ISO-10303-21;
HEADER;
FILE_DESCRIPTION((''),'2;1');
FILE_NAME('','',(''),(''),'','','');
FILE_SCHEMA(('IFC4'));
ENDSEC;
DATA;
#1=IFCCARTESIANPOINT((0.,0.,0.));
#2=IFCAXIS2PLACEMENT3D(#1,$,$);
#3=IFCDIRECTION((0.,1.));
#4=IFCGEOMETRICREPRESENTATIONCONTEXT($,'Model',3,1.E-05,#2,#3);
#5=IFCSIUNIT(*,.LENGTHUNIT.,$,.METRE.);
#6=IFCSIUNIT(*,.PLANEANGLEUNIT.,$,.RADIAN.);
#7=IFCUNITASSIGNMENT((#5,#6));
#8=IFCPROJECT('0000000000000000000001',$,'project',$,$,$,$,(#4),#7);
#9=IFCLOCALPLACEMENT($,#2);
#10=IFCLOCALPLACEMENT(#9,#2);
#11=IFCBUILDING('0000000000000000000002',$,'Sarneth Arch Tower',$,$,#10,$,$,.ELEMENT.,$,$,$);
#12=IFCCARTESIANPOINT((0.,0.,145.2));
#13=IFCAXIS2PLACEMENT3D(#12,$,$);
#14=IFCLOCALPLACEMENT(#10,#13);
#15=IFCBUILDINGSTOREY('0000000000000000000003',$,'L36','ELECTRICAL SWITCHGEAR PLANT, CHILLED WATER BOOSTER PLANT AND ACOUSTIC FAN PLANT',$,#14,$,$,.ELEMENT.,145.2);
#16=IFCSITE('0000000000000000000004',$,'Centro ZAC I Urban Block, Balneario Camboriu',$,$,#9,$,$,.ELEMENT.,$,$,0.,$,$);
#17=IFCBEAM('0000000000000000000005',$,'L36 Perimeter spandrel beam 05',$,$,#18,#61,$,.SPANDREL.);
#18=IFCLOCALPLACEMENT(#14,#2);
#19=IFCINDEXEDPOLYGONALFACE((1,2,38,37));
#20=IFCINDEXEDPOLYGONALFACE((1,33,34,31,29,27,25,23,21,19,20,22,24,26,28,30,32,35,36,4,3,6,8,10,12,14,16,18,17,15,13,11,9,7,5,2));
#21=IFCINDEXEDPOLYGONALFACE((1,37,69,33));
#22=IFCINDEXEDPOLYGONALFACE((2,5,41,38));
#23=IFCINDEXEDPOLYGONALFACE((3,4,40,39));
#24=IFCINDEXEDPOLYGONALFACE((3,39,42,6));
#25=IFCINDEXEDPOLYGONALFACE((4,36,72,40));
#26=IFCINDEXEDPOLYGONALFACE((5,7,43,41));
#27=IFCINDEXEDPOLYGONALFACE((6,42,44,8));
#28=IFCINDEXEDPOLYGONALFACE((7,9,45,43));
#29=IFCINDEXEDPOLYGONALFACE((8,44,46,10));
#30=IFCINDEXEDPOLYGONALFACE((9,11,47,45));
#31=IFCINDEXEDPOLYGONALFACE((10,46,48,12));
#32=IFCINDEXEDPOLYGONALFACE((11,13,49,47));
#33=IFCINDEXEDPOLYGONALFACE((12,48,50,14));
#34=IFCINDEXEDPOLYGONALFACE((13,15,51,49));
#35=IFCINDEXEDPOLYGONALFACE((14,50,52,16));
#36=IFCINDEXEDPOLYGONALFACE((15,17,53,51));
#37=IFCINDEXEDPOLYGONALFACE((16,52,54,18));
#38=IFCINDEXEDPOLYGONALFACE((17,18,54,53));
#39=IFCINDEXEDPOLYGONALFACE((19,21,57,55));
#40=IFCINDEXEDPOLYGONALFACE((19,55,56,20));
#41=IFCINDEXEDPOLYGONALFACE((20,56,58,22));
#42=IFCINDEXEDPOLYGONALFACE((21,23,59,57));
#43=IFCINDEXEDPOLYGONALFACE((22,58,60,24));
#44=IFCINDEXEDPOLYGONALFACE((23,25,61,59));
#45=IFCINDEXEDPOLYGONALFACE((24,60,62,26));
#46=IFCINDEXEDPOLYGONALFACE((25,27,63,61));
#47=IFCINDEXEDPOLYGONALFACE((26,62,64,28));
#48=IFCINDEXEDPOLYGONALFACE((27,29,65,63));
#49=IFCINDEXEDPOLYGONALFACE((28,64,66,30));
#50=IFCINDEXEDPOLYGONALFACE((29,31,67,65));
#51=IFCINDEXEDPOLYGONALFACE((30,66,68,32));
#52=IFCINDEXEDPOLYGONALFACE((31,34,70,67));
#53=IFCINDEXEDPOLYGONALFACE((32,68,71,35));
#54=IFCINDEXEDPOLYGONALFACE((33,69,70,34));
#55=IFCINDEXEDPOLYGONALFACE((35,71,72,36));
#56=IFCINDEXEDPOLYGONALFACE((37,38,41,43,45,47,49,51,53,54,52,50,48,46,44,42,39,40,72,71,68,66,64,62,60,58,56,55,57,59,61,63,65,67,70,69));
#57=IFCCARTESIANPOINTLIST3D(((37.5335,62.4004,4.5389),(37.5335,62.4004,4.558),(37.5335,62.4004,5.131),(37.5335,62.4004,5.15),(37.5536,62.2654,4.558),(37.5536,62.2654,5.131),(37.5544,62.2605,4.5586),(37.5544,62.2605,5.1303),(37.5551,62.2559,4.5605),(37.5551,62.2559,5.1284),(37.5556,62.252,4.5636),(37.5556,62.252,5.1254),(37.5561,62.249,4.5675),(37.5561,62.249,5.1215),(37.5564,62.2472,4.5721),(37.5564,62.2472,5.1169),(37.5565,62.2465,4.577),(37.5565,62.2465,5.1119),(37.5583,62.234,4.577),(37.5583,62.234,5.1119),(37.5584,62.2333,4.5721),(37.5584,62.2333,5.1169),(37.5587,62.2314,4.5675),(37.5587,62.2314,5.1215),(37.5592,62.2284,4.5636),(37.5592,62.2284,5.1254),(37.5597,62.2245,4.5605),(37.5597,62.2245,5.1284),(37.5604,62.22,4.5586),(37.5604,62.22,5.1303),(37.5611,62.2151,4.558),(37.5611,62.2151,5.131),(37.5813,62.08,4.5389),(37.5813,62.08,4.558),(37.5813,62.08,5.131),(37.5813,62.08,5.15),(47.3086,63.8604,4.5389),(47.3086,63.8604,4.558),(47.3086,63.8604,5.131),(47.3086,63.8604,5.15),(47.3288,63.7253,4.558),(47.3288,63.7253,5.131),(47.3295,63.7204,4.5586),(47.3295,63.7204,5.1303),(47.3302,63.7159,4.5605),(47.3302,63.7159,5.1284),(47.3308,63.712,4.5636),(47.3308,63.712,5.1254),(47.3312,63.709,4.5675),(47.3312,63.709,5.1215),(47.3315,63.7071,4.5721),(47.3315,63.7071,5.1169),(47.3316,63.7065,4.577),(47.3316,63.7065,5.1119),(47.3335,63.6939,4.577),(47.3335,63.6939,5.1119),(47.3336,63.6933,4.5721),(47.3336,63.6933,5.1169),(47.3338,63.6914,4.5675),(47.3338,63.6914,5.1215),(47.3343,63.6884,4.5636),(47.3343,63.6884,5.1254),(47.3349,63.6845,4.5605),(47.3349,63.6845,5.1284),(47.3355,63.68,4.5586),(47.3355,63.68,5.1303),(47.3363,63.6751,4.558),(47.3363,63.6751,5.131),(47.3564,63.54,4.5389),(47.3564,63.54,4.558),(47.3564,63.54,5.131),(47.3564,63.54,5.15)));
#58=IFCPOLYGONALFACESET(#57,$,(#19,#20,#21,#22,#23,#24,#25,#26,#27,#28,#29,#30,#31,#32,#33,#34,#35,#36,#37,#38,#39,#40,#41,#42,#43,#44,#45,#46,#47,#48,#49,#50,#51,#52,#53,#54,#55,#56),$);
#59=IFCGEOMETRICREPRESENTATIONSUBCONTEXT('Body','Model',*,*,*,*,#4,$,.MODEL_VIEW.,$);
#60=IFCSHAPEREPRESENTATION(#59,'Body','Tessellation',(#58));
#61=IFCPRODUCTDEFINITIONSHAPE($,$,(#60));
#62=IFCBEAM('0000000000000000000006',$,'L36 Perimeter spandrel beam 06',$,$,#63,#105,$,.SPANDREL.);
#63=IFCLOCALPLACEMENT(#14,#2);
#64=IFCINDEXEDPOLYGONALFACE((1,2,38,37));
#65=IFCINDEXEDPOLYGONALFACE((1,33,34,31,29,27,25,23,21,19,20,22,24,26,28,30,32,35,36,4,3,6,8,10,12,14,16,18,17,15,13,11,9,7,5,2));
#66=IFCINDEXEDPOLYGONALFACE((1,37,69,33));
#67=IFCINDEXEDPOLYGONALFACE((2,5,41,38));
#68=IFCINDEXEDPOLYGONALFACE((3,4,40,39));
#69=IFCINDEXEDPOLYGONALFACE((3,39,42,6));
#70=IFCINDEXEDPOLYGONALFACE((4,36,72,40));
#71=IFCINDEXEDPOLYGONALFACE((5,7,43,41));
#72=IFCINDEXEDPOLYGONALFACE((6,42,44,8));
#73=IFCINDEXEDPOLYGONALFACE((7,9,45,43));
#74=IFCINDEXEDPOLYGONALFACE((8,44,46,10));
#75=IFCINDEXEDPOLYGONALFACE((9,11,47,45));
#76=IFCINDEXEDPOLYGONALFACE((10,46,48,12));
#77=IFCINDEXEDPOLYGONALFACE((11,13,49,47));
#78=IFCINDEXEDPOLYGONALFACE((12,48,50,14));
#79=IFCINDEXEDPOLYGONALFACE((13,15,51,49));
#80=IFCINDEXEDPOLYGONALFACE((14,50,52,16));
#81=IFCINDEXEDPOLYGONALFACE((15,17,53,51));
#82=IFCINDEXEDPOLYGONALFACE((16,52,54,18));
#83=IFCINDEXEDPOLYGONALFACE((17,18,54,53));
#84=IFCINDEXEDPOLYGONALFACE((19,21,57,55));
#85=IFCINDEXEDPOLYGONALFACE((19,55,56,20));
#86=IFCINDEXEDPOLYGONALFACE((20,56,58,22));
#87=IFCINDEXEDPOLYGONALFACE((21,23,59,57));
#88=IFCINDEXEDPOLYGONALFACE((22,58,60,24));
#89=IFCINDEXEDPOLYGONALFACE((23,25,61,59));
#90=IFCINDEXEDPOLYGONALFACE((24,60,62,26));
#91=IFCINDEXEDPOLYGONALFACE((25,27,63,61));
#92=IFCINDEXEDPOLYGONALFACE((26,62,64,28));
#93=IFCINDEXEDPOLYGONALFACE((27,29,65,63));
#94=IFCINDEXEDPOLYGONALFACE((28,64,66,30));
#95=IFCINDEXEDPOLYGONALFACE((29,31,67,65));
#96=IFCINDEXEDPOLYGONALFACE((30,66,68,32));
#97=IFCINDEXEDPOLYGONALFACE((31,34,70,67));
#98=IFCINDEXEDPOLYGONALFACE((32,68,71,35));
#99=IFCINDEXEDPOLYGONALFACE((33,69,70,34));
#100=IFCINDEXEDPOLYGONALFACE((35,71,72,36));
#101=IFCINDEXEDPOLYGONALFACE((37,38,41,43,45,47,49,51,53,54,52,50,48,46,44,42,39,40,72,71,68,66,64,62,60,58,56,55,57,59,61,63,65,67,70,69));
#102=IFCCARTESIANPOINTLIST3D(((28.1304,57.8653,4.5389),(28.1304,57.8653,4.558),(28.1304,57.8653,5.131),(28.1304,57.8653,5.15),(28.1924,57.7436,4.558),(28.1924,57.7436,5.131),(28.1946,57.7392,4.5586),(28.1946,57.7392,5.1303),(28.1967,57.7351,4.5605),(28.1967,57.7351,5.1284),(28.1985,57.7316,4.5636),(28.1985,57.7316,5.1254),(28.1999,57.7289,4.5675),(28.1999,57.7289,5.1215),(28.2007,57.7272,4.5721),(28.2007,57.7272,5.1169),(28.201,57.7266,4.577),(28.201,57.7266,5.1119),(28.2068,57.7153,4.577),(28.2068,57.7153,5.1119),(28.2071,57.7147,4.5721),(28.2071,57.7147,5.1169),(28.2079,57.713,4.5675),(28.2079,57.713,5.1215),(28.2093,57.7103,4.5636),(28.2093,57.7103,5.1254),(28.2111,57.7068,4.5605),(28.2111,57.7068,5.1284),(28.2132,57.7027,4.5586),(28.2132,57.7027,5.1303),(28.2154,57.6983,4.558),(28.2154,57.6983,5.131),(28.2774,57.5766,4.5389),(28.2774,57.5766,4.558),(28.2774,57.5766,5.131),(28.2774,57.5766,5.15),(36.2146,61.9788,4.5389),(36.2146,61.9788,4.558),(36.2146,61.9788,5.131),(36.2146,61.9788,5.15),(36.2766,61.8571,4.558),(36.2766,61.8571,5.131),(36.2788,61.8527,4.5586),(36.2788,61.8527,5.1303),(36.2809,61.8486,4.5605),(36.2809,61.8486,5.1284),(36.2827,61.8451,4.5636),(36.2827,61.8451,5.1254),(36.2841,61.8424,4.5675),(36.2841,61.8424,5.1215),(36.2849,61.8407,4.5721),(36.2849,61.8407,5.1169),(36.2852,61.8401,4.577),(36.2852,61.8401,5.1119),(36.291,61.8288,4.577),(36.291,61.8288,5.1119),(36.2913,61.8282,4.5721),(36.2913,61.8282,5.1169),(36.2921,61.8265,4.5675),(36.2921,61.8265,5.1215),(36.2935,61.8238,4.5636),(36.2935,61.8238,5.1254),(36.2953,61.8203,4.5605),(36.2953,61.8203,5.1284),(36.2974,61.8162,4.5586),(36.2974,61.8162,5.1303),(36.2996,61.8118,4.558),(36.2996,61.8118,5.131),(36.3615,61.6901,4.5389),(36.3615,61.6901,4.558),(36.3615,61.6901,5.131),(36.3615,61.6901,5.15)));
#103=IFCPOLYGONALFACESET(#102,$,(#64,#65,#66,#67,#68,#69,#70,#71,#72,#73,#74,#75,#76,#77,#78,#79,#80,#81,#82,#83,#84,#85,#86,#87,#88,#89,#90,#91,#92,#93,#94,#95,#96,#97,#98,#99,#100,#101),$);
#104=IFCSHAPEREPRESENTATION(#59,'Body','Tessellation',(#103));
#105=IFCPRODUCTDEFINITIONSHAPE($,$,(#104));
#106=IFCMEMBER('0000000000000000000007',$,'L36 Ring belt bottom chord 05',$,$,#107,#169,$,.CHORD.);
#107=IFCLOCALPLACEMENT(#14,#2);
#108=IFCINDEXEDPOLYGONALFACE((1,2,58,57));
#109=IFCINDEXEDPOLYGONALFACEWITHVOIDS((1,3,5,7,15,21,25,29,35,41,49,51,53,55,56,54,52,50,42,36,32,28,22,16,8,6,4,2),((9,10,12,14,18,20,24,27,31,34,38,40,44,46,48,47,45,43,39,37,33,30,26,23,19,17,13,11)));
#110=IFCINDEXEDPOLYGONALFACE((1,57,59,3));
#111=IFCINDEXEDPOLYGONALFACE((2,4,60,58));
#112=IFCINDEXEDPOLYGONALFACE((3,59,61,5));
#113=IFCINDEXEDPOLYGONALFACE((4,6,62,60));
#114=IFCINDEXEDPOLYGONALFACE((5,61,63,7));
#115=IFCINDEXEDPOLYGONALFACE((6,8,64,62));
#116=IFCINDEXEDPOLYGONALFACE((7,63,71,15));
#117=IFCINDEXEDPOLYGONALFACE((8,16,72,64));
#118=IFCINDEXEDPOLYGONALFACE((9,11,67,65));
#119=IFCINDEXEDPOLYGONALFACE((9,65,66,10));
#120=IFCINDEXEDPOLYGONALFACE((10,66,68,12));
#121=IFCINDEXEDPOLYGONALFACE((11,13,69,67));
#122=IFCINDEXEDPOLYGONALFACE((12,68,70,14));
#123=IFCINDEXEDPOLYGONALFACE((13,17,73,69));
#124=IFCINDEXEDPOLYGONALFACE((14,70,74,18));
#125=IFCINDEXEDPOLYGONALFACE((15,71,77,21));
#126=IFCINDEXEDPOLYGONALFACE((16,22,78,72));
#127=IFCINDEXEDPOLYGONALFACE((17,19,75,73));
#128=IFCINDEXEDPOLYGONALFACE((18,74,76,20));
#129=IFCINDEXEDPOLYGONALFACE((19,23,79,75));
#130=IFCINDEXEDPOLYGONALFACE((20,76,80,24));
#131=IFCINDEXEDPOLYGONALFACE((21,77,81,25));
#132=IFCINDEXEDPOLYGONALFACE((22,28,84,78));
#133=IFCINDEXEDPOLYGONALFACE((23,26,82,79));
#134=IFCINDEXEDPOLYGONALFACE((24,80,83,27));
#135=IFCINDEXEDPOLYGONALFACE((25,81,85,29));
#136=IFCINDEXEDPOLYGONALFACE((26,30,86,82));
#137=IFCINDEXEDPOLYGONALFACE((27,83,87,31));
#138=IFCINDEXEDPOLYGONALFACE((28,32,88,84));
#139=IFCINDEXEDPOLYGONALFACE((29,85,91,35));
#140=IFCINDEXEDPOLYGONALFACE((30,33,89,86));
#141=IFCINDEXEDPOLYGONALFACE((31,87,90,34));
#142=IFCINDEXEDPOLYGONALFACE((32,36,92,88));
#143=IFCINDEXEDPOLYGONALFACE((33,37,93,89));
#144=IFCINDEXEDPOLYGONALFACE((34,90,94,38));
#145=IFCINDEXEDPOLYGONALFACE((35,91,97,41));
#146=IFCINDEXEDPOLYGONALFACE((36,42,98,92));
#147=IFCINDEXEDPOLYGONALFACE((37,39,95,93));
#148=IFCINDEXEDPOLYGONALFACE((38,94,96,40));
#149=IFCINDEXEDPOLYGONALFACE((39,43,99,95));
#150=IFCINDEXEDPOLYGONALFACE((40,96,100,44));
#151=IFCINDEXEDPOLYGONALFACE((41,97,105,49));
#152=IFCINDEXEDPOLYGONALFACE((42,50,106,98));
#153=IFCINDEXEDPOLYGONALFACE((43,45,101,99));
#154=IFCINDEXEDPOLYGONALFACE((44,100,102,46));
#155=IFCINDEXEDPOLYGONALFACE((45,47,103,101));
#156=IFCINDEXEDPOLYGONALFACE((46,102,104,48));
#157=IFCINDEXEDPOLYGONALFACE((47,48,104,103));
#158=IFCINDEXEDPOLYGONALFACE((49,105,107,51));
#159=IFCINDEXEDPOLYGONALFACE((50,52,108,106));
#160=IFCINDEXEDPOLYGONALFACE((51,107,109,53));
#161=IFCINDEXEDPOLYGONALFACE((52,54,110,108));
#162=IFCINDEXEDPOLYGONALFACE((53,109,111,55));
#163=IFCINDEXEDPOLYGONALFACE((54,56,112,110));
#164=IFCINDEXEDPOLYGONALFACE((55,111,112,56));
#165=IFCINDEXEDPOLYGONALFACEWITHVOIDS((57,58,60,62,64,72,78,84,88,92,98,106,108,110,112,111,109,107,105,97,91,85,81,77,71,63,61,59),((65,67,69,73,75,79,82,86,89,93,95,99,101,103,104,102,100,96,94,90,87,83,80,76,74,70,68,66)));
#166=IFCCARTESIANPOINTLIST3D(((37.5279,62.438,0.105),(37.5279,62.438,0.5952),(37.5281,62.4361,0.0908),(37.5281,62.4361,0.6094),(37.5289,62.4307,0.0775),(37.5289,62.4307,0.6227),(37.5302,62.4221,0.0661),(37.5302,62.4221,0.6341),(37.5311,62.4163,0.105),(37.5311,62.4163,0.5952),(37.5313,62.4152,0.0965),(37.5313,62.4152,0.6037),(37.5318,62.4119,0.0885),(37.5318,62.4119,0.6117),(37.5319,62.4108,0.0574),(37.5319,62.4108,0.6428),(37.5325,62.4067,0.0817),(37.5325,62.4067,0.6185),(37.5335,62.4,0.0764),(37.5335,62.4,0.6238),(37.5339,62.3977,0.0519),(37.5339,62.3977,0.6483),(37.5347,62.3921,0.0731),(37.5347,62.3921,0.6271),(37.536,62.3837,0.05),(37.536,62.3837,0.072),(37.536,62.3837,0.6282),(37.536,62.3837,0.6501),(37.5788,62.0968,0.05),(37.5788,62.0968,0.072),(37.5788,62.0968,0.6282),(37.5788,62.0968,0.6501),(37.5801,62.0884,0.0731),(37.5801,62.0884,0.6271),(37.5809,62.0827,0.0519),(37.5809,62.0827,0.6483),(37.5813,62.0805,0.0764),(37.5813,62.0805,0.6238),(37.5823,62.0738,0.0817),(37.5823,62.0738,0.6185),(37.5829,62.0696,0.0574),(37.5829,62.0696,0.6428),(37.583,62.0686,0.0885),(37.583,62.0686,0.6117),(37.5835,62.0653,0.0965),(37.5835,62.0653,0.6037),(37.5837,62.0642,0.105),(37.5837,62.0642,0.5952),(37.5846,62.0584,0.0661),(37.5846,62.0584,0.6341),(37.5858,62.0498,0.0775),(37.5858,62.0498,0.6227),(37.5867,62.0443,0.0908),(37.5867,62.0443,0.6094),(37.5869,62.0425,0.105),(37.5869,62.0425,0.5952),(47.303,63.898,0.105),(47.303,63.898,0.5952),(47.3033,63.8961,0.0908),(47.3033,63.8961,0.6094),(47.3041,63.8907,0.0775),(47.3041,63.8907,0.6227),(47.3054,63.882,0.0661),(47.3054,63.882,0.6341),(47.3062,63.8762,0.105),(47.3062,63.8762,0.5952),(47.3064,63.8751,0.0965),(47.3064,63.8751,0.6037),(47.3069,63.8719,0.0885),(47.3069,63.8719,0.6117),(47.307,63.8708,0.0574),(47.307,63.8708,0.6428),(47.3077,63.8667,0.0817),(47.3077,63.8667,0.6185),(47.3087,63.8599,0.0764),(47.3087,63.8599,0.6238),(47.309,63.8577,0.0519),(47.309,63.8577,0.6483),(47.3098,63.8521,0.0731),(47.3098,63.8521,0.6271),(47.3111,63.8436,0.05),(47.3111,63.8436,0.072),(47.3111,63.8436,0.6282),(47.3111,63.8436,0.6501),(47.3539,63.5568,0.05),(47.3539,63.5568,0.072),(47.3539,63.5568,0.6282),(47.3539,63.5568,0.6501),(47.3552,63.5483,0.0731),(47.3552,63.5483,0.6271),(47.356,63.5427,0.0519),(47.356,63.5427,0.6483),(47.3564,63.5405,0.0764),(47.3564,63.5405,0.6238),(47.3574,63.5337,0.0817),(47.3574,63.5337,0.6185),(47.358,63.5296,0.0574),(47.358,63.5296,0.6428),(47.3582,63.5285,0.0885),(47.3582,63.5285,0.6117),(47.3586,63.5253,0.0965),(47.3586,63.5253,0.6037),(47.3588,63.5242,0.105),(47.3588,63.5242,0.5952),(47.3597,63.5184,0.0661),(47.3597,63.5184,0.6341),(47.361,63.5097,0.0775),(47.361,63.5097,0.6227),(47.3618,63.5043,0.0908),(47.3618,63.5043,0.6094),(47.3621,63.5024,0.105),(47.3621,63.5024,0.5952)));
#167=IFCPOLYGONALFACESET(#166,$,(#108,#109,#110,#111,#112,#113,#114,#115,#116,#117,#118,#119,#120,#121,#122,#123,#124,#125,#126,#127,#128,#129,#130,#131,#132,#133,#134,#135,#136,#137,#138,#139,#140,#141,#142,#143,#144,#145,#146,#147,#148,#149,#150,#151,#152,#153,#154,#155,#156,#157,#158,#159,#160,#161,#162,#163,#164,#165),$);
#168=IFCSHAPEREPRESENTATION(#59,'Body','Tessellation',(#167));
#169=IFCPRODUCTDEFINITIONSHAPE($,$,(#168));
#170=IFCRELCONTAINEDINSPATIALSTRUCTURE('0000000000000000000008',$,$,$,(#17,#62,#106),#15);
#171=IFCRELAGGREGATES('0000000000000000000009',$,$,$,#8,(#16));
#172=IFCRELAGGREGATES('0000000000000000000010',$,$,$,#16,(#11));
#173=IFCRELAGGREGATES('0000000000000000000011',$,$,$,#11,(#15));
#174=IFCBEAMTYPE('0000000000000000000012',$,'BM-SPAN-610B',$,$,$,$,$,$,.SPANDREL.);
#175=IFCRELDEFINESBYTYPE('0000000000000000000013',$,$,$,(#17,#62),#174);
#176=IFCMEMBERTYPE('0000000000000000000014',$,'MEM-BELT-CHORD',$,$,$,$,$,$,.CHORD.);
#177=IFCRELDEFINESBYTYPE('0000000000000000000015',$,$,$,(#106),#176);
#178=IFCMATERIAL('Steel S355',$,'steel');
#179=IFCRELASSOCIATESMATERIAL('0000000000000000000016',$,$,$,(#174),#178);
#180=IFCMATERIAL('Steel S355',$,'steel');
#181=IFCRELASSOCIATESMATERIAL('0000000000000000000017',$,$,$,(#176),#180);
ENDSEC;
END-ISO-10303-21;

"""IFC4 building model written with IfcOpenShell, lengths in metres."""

from ifc_helpers import new_model, si_unit, direction, frame, origin, origin_2d, place, context, subcontext, project, spatial, hollow_rectangle, i_section, extrude, material, material_profile, profile_set, type_object, element, save


model = new_model("IFC4")

# Units and contexts
model_context = context("Model", 3, precision=1e-05, world=origin(), true_north=direction((0.0, 1.0)))
body_context = subcontext(model_context, "Body", "Model", "MODEL_VIEW")
ifc_project = project(units=[si_unit("LENGTHUNIT", "METRE"), si_unit("PLANEANGLEUNIT", "RADIAN")], contexts=[model_context])

# Site, building, storey
site_placement = place(None, origin())
site = spatial("IfcSite", under=ifc_project, at=site_placement, Name="Centro ZAC I Urban Block, Balneario Camboriu", CompositionType="ELEMENT", RefElevation=0.0)
building_placement = place(site_placement, origin())
building = spatial("IfcBuilding", under=site, at=building_placement, Name="Sarneth Arch Tower", CompositionType="ELEMENT")
storey_placement = place(building_placement, frame((0.0, 0.0, 145.2)))
storey = spatial("IfcBuildingStorey", under=building, at=storey_placement, Name="L36", Description="ELECTRICAL SWITCHGEAR PLANT, CHILLED WATER BOOSTER PLANT AND ACOUSTIC FAN PLANT", CompositionType="ELEMENT", Elevation=145.2)

# Beams
ifc_material_1 = material(Name="Steel S355", Category="steel")
ifc_material_profile_1 = material_profile(ifc_material_1, i_section(OverallWidth=0.324, OverallDepth=0.6111, WebThickness=0.0127, FlangeThickness=0.019, FilletRadius=0.019, at=origin_2d()), Name="W610x155")
ifc_profile_set_1 = profile_set([ifc_material_profile_1], Name="Steel S355")
beam_type = type_object("IfcBeamType", Name="BM-SPAN-610B", PredefinedType="SPANDREL", material=ifc_profile_set_1)
beam_1_placement = place(storey_placement, frame((47.3325, 63.7002, 4.8445), z_axis=(-0.98903, -0.147716, 0.0), x_axis=(0.147716, -0.98903, 0.0)))
element("IfcBeam", 1, at=beam_1_placement, inside=storey, type_object=beam_type, Name="L36 Perimeter spandrel beam 05", PredefinedType="SPANDREL", context=body_context, shape_type="SweptSolid", body=[
    extrude(i_section(OverallWidth=0.324, OverallDepth=0.6111, WebThickness=0.0127, FlangeThickness=0.019, FilletRadius=0.019, at=origin_2d()), origin(), (0.0, 0.0, 1.0), 9.8835),
])
beam_2_placement = place(storey_placement, frame((36.2881, 61.8345, 4.8445), z_axis=(-0.891256, -0.453501, 0.0), x_axis=(0.453501, -0.891256, 0.0)))
element("IfcBeam", 2, at=beam_2_placement, inside=storey, type_object=beam_type, Name="L36 Perimeter spandrel beam 06", PredefinedType="SPANDREL", context=body_context, shape_type="SweptSolid", body=[
    extrude(i_section(OverallWidth=0.324, OverallDepth=0.6111, WebThickness=0.0127, FlangeThickness=0.019, FilletRadius=0.019, at=origin_2d()), origin(), (0.0, 0.0, 1.0), 9.0706),
])

# Member
ifc_material_2 = material(Name="Steel S355", Category="steel")
ifc_material_profile_2 = material_profile(ifc_material_2, hollow_rectangle(XDim=0.3999, YDim=0.6001, WallThickness=0.022, InnerFilletRadius=0.033, OuterFilletRadius=0.0549, at=origin_2d()), Name="RHS600x400x22")
ifc_profile_set_2 = profile_set([ifc_material_profile_2], Name="Steel S355")
member_type_1 = type_object("IfcMemberType", Name="MEM-BELT-CHORD", PredefinedType="CHORD", material=ifc_profile_set_2)
member_1_placement = place(storey_placement, frame((47.3325, 63.7002, 0.3501), z_axis=(-0.98903, -0.147716, 0.0), x_axis=(0.147716, -0.98903, 0.0)))
element("IfcMember", 3, at=member_1_placement, inside=storey, type_object=member_type_1, Name="L36 Ring belt bottom chord 05", PredefinedType="CHORD", context=body_context, shape_type="SweptSolid", body=[
    extrude(hollow_rectangle(XDim=0.3999, YDim=0.6001, WallThickness=0.022, InnerFilletRadius=0.033, OuterFilletRadius=0.0549, at=origin_2d()), origin(), (0.0, 0.0, 1.0), 9.8835),
])

save(model, "model.ifc")
